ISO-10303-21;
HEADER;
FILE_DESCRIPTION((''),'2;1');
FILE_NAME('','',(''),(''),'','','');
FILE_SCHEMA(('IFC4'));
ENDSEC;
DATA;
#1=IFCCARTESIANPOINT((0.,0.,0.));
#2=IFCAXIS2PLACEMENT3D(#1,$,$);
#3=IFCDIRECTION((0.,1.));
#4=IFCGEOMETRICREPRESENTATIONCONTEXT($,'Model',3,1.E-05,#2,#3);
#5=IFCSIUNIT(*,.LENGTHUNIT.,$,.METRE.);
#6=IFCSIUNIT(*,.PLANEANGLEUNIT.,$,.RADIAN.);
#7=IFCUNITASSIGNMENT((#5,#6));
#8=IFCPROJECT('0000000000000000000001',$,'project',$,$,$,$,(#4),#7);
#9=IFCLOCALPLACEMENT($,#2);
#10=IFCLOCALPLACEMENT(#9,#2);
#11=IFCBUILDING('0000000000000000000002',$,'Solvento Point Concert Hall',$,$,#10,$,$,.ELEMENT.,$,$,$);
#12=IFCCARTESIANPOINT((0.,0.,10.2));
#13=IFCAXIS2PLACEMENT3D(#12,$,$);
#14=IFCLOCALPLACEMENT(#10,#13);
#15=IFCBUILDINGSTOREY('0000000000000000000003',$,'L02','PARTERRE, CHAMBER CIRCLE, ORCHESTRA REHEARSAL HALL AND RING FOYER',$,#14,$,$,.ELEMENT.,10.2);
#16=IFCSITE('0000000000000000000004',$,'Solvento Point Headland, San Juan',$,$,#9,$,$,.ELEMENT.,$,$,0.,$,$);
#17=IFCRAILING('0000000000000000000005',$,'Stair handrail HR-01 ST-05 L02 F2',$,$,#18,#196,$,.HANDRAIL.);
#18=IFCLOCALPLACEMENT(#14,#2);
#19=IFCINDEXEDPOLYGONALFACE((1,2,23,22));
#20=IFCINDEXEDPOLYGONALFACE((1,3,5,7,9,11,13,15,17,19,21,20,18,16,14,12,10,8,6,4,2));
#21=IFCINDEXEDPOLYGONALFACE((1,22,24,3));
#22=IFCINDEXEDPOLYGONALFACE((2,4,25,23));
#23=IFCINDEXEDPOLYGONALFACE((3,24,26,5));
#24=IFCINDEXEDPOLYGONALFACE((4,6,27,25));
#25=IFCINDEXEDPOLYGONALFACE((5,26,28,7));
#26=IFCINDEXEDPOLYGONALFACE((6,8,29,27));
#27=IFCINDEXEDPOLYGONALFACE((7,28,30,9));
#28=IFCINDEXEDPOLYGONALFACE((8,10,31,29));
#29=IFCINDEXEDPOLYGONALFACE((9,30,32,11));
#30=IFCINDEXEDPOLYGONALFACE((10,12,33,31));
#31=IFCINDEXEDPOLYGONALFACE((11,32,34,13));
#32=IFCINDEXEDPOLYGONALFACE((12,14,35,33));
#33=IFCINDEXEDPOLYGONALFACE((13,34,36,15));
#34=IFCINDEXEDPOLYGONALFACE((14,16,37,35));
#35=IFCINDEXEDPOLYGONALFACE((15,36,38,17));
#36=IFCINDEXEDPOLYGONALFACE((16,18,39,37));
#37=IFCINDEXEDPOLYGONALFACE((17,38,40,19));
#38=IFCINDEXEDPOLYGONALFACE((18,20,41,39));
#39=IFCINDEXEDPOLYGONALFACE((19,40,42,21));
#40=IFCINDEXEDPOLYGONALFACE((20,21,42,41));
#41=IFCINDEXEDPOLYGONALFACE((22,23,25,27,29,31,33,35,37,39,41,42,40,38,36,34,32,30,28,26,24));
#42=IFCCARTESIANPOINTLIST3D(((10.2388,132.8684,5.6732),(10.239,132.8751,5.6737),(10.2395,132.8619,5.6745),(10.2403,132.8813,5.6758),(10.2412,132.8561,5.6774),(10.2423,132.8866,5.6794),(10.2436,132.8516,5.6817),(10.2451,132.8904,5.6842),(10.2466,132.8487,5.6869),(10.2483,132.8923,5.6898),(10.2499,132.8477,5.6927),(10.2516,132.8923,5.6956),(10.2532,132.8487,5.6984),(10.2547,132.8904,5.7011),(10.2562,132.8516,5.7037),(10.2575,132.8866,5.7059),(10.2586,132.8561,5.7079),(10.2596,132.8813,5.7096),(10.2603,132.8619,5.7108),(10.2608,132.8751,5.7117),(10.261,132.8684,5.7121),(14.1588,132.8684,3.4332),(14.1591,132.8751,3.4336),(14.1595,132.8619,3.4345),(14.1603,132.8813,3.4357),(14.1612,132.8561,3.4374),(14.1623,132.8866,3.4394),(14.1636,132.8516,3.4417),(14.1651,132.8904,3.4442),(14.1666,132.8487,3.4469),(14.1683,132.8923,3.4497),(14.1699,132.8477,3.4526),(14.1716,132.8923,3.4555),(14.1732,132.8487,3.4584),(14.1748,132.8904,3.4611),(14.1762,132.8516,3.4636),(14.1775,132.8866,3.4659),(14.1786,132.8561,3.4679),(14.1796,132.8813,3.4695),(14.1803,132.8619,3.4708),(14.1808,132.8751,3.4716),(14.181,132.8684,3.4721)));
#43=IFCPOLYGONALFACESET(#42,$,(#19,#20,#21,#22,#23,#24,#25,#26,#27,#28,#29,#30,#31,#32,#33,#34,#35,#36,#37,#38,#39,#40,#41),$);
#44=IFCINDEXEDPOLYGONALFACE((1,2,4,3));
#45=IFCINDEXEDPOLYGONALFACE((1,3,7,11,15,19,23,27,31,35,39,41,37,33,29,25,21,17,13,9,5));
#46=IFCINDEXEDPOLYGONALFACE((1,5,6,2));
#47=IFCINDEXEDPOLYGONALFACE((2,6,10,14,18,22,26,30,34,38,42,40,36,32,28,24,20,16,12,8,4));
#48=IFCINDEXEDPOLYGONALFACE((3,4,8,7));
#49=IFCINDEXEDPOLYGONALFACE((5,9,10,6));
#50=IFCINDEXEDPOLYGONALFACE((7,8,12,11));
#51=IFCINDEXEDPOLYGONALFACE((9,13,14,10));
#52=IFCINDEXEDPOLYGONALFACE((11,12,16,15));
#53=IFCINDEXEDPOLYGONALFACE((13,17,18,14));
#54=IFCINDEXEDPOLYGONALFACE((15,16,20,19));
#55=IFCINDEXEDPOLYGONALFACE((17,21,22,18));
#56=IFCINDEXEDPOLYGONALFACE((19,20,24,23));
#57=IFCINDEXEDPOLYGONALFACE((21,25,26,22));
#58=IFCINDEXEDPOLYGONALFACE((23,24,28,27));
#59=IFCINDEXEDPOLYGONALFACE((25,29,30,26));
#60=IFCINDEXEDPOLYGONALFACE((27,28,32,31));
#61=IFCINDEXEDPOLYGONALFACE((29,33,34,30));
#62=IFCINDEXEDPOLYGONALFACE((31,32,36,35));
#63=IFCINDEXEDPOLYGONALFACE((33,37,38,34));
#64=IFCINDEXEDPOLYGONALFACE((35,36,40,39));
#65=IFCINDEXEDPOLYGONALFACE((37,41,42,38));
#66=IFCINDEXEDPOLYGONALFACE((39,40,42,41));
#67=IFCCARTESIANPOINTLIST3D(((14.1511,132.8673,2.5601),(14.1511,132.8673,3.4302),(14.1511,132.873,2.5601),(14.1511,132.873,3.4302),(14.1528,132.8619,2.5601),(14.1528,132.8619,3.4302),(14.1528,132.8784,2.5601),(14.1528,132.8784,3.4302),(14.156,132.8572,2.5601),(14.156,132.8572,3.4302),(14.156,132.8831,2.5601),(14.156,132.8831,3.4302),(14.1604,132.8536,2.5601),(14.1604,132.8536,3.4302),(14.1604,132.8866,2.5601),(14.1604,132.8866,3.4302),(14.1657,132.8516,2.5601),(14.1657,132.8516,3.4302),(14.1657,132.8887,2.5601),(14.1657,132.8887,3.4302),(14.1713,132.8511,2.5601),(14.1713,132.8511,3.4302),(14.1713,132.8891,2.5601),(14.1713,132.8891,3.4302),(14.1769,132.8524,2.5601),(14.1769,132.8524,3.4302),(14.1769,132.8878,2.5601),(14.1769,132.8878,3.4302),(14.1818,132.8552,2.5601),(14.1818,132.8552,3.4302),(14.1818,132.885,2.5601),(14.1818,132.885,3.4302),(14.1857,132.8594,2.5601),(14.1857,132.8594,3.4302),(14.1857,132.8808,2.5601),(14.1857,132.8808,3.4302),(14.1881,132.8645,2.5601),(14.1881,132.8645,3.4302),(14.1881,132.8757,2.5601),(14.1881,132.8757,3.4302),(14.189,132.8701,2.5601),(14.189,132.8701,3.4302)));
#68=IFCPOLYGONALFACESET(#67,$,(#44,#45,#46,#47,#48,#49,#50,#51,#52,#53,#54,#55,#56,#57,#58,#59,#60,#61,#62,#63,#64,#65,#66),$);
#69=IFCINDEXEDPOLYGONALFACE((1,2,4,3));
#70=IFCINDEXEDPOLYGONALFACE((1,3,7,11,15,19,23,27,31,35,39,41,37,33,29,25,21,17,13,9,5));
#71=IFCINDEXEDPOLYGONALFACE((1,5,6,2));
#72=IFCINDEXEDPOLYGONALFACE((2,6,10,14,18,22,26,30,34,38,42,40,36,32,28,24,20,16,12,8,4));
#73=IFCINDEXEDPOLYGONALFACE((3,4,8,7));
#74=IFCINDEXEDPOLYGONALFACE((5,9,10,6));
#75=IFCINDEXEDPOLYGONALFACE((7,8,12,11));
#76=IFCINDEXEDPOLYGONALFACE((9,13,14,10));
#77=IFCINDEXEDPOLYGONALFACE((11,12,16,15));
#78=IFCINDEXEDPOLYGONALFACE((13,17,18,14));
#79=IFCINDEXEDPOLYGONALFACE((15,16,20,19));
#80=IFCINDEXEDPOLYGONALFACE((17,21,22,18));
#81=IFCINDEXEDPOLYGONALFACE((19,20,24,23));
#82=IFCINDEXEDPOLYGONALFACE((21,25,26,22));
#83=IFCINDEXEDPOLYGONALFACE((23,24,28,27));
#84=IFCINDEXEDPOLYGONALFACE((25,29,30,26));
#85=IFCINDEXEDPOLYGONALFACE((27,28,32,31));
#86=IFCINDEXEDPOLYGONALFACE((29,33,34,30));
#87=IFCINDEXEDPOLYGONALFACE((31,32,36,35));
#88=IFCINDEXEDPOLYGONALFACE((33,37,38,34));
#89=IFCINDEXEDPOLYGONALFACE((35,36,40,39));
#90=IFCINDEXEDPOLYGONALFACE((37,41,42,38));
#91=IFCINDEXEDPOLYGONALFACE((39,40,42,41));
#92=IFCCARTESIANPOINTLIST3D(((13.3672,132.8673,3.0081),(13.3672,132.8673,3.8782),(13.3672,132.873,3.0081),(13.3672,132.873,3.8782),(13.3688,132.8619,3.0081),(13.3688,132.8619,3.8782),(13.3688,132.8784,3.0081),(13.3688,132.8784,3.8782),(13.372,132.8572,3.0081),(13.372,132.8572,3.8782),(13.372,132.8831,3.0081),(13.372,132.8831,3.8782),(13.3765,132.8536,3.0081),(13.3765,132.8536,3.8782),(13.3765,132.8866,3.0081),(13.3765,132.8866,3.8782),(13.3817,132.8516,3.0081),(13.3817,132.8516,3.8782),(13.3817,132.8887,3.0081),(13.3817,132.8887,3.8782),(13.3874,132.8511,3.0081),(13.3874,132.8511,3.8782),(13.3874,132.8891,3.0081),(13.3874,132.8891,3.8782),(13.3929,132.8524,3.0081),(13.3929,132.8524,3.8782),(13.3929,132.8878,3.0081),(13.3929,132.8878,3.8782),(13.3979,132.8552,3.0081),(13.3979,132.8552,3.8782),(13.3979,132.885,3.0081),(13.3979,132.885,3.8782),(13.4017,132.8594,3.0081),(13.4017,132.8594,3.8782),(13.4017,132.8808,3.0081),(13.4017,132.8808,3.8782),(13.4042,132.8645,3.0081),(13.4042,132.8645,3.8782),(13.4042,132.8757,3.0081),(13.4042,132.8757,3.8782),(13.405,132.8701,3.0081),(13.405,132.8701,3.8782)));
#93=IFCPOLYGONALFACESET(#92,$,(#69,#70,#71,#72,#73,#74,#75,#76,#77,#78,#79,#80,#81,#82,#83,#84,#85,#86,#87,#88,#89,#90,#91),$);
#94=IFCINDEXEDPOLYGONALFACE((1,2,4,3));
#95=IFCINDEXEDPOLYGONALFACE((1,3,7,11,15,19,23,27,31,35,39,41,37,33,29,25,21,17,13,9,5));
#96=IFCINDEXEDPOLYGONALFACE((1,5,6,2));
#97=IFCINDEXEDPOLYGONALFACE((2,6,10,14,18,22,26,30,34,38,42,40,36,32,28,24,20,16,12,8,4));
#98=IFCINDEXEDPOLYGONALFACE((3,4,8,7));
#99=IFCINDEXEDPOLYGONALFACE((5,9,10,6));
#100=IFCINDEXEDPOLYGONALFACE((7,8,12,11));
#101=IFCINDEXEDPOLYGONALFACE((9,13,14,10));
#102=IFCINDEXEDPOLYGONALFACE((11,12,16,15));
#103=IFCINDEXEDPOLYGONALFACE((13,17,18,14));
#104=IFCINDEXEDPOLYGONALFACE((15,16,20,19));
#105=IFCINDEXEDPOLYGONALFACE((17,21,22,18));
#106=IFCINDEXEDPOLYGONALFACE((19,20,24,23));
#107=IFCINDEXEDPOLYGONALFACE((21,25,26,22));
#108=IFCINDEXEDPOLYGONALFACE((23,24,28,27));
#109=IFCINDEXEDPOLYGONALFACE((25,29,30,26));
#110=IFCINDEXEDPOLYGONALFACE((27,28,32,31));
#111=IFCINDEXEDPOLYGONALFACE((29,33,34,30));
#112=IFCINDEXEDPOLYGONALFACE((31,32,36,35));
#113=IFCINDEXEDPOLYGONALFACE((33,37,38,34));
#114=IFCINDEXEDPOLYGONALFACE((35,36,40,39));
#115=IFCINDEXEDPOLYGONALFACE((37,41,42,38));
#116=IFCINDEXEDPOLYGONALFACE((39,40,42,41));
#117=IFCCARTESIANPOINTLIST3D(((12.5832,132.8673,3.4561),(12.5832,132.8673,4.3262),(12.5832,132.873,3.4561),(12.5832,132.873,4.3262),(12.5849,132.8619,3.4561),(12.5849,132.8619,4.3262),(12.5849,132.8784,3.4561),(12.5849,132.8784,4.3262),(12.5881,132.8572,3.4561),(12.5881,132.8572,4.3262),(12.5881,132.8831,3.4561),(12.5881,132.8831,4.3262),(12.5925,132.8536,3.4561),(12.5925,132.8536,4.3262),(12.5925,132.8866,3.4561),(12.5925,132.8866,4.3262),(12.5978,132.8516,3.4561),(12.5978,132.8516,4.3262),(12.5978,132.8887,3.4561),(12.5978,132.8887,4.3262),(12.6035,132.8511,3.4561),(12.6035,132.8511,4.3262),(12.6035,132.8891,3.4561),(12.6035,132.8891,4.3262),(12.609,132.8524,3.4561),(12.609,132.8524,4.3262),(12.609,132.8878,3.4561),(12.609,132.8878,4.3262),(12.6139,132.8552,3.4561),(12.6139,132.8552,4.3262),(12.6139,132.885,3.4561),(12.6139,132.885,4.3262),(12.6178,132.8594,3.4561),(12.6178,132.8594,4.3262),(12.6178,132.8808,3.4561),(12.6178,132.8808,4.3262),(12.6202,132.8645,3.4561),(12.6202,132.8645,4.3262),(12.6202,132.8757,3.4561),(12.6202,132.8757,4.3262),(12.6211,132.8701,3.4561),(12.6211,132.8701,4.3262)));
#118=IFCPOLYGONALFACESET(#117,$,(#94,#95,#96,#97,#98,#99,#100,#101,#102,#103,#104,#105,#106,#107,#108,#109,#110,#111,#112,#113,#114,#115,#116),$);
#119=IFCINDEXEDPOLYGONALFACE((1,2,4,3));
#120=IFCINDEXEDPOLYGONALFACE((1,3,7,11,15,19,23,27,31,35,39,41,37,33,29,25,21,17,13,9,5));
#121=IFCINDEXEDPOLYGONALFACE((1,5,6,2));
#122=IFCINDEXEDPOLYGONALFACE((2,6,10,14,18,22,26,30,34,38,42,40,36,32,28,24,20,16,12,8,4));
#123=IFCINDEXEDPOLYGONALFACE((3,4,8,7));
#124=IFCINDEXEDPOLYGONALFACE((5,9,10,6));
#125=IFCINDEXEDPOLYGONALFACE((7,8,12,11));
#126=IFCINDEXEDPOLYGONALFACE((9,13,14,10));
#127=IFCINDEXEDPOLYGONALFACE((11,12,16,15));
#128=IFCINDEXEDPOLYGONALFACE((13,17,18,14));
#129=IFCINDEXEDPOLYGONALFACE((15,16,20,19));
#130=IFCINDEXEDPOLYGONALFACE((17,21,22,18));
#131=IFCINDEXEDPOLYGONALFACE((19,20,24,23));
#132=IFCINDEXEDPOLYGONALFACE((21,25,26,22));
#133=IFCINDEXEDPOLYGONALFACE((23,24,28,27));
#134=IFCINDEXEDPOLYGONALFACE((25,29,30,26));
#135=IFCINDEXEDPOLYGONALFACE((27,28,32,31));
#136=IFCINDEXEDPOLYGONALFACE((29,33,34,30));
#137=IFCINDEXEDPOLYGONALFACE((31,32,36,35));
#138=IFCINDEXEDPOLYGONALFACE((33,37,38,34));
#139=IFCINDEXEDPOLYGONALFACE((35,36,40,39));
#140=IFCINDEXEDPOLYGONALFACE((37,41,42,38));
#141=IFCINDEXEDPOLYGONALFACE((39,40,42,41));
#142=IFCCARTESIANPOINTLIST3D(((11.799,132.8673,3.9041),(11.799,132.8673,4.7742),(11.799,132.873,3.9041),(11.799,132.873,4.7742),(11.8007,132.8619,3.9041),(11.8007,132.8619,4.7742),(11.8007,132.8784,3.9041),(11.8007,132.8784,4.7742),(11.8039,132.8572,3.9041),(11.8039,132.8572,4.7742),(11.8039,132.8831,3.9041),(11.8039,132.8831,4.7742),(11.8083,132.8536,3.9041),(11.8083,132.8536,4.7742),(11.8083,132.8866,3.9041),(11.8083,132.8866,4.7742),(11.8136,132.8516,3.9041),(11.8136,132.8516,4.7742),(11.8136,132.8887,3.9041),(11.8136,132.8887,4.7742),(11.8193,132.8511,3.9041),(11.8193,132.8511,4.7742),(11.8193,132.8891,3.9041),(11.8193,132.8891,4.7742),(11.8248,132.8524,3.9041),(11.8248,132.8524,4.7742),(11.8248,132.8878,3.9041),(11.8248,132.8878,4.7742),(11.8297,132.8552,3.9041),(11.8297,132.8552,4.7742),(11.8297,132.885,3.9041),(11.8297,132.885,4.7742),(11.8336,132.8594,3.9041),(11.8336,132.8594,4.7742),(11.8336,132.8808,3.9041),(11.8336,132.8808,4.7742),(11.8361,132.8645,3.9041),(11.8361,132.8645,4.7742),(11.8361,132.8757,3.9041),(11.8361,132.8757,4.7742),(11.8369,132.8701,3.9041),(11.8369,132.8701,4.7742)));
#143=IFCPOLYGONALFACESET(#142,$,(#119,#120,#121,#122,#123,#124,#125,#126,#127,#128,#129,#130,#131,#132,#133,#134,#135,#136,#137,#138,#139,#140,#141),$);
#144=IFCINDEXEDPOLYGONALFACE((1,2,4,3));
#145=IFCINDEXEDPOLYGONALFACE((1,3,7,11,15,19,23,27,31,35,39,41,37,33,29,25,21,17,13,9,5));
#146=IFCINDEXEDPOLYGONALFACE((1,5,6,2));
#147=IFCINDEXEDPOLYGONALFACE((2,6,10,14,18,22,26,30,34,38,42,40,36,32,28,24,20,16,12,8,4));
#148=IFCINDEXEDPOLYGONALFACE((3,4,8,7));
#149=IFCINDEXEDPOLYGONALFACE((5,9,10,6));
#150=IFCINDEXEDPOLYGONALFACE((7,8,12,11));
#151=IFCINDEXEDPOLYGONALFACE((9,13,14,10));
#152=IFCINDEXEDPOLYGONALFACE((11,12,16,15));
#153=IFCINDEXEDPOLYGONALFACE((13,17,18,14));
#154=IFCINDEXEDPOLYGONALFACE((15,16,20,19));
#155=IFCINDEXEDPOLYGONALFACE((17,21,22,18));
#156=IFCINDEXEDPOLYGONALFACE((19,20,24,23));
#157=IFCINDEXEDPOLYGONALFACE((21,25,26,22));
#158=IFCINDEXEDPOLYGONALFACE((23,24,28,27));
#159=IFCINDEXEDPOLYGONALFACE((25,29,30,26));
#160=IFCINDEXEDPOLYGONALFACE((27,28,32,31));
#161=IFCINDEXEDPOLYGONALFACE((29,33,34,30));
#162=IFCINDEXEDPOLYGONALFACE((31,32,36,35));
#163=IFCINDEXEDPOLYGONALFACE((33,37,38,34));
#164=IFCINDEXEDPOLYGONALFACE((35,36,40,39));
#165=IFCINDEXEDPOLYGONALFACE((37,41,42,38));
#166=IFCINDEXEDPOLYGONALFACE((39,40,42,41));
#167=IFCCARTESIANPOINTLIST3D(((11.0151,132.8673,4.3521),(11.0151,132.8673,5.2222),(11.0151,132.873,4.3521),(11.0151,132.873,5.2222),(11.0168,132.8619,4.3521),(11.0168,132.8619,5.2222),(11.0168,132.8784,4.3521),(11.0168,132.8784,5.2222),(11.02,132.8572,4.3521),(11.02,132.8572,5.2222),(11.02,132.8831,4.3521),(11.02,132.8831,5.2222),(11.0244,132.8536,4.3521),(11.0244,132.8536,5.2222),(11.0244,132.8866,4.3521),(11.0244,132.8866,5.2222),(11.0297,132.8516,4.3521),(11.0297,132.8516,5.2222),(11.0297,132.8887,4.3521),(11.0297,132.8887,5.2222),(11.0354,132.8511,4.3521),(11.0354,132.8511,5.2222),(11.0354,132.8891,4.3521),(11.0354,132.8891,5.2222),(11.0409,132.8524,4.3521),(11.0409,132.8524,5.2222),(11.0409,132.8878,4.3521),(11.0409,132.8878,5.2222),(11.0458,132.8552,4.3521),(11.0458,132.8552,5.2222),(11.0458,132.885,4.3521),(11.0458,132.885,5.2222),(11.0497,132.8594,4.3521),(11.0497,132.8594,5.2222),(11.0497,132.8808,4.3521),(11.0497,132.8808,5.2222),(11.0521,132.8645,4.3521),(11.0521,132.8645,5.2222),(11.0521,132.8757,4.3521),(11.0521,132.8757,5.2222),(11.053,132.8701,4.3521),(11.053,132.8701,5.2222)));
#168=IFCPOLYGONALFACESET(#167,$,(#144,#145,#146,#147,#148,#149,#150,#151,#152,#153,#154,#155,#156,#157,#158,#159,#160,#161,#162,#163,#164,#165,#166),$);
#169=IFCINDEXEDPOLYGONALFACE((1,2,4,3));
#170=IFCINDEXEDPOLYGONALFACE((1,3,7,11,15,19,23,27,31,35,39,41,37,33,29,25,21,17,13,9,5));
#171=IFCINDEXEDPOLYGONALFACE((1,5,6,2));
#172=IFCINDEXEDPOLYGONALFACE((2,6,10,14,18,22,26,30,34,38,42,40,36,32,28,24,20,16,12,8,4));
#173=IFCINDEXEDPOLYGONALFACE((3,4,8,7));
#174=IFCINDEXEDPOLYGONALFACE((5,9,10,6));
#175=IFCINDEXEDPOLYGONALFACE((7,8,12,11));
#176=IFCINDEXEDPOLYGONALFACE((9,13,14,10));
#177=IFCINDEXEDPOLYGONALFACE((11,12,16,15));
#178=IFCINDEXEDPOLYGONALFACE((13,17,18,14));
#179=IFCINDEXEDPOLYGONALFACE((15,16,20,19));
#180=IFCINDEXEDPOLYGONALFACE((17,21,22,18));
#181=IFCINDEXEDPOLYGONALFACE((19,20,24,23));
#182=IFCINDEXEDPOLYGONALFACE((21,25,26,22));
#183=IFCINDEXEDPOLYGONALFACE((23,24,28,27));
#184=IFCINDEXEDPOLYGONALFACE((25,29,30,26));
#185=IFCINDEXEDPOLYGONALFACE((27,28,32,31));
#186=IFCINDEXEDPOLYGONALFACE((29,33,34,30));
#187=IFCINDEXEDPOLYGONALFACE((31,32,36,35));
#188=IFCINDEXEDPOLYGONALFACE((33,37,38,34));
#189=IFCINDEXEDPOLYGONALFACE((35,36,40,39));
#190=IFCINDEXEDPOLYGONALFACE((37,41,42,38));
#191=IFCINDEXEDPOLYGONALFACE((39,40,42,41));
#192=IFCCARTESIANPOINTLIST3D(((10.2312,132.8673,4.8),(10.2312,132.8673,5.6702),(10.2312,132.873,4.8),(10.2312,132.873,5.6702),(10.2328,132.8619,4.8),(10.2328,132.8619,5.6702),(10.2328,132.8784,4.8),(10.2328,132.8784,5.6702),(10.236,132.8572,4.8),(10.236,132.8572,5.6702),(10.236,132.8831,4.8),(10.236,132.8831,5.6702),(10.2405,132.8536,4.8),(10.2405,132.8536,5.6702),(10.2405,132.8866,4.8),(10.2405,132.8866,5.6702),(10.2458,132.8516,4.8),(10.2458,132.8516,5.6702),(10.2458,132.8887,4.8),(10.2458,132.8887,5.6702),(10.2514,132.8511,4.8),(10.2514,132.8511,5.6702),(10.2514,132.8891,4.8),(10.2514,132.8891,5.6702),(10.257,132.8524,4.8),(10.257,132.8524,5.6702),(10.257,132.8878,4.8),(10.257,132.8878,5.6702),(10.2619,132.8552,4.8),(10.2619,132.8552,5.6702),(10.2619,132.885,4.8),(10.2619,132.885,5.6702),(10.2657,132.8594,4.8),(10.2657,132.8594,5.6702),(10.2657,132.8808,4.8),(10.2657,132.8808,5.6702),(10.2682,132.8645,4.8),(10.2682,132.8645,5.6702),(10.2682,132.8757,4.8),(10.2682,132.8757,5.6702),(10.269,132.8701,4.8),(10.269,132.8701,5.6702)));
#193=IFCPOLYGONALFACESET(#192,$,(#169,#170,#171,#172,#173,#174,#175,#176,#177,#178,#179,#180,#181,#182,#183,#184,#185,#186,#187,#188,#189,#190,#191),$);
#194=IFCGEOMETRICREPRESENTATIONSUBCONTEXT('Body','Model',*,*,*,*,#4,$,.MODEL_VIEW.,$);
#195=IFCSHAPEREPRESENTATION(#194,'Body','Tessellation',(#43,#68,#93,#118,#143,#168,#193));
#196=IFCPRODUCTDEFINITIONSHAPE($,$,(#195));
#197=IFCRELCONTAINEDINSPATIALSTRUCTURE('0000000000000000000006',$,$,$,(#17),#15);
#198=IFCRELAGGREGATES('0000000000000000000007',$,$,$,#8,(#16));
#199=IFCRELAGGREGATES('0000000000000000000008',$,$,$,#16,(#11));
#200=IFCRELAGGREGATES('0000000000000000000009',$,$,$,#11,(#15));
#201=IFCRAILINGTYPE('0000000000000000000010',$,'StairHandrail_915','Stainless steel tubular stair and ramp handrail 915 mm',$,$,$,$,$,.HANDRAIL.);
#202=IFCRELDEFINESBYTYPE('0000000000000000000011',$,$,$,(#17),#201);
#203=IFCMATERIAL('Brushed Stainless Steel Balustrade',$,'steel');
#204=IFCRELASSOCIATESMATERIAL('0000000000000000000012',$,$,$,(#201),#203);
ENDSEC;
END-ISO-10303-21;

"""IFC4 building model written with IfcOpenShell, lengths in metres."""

from ifc_helpers import new_model, si_unit, direction, frame, origin, origin_2d, place, context, subcontext, project, spatial, circle, extrude, material, type_object, element, save


model = new_model("IFC4")

# Units and contexts
model_context = context("Model", 3, precision=1e-05, world=origin(), true_north=direction((0.0, 1.0)))
body_context = subcontext(model_context, "Body", "Model", "MODEL_VIEW")
ifc_project = project(units=[si_unit("LENGTHUNIT", "METRE"), si_unit("PLANEANGLEUNIT", "RADIAN")], contexts=[model_context])

# Site, building, storey
site_placement = place(None, origin())
site = spatial("IfcSite", under=ifc_project, at=site_placement, Name="Solvento Point Headland, San Juan", CompositionType="ELEMENT", RefElevation=0.0)
building_placement = place(site_placement, origin())
building = spatial("IfcBuilding", under=site, at=building_placement, Name="Solvento Point Concert Hall", CompositionType="ELEMENT")
storey_placement = place(building_placement, frame((0.0, 0.0, 10.2)))
storey = spatial("IfcBuildingStorey", under=building, at=storey_placement, Name="L02", Description="PARTERRE, CHAMBER CIRCLE, ORCHESTRA REHEARSAL HALL AND RING FOYER", CompositionType="ELEMENT", Elevation=10.2)

# Railing
ifc_material_1 = material(Name="Brushed Stainless Steel Balustrade", Category="steel")
railing_type_1 = type_object("IfcRailingType", Name="StairHandrail_915", Description="Stainless steel tubular stair and ramp handrail 915 mm", PredefinedType="HANDRAIL", material=ifc_material_1)
railing_1_placement = place(storey_placement, frame((14.1699, 132.8701, 2.5601)))
element("IfcRailing", 1, at=railing_1_placement, inside=storey, type_object=railing_type_1, Name="Stair handrail HR-01 ST-05 L02 F2", PredefinedType="HANDRAIL", context=body_context, shape_type="SweptSolid", body=[
    extrude(circle(Radius=0.0225, at=origin_2d()), frame((0.0, 0.0, 0.8926), z_axis=(-0.86824, 0.0, 0.496145), x_axis=(0.0, -1.0, 0.0)), (0.0, 0.0, 1.0), 4.5149),
    extrude(circle(Radius=0.019, at=origin_2d()), origin(), (0.0, 0.0, 1.0), 0.8701),
    extrude(circle(Radius=0.019, at=origin_2d()), frame((-0.7839, 0.0, 0.448)), (0.0, 0.0, 1.0), 0.8701),
    extrude(circle(Radius=0.019, at=origin_2d()), frame((-1.5679, 0.0, 0.896)), (0.0, 0.0, 1.0), 0.8701),
    extrude(circle(Radius=0.019, at=origin_2d()), frame((-2.3521, 0.0, 1.344)), (0.0, 0.0, 1.0), 0.8701),
    extrude(circle(Radius=0.019, at=origin_2d()), frame((-3.136, 0.0, 1.792)), (0.0, 0.0, 1.0), 0.8701),
    extrude(circle(Radius=0.019, at=origin_2d()), frame((-3.9199, 0.0, 2.24)), (0.0, 0.0, 1.0), 0.8701),
])

save(model, "model.ifc")
